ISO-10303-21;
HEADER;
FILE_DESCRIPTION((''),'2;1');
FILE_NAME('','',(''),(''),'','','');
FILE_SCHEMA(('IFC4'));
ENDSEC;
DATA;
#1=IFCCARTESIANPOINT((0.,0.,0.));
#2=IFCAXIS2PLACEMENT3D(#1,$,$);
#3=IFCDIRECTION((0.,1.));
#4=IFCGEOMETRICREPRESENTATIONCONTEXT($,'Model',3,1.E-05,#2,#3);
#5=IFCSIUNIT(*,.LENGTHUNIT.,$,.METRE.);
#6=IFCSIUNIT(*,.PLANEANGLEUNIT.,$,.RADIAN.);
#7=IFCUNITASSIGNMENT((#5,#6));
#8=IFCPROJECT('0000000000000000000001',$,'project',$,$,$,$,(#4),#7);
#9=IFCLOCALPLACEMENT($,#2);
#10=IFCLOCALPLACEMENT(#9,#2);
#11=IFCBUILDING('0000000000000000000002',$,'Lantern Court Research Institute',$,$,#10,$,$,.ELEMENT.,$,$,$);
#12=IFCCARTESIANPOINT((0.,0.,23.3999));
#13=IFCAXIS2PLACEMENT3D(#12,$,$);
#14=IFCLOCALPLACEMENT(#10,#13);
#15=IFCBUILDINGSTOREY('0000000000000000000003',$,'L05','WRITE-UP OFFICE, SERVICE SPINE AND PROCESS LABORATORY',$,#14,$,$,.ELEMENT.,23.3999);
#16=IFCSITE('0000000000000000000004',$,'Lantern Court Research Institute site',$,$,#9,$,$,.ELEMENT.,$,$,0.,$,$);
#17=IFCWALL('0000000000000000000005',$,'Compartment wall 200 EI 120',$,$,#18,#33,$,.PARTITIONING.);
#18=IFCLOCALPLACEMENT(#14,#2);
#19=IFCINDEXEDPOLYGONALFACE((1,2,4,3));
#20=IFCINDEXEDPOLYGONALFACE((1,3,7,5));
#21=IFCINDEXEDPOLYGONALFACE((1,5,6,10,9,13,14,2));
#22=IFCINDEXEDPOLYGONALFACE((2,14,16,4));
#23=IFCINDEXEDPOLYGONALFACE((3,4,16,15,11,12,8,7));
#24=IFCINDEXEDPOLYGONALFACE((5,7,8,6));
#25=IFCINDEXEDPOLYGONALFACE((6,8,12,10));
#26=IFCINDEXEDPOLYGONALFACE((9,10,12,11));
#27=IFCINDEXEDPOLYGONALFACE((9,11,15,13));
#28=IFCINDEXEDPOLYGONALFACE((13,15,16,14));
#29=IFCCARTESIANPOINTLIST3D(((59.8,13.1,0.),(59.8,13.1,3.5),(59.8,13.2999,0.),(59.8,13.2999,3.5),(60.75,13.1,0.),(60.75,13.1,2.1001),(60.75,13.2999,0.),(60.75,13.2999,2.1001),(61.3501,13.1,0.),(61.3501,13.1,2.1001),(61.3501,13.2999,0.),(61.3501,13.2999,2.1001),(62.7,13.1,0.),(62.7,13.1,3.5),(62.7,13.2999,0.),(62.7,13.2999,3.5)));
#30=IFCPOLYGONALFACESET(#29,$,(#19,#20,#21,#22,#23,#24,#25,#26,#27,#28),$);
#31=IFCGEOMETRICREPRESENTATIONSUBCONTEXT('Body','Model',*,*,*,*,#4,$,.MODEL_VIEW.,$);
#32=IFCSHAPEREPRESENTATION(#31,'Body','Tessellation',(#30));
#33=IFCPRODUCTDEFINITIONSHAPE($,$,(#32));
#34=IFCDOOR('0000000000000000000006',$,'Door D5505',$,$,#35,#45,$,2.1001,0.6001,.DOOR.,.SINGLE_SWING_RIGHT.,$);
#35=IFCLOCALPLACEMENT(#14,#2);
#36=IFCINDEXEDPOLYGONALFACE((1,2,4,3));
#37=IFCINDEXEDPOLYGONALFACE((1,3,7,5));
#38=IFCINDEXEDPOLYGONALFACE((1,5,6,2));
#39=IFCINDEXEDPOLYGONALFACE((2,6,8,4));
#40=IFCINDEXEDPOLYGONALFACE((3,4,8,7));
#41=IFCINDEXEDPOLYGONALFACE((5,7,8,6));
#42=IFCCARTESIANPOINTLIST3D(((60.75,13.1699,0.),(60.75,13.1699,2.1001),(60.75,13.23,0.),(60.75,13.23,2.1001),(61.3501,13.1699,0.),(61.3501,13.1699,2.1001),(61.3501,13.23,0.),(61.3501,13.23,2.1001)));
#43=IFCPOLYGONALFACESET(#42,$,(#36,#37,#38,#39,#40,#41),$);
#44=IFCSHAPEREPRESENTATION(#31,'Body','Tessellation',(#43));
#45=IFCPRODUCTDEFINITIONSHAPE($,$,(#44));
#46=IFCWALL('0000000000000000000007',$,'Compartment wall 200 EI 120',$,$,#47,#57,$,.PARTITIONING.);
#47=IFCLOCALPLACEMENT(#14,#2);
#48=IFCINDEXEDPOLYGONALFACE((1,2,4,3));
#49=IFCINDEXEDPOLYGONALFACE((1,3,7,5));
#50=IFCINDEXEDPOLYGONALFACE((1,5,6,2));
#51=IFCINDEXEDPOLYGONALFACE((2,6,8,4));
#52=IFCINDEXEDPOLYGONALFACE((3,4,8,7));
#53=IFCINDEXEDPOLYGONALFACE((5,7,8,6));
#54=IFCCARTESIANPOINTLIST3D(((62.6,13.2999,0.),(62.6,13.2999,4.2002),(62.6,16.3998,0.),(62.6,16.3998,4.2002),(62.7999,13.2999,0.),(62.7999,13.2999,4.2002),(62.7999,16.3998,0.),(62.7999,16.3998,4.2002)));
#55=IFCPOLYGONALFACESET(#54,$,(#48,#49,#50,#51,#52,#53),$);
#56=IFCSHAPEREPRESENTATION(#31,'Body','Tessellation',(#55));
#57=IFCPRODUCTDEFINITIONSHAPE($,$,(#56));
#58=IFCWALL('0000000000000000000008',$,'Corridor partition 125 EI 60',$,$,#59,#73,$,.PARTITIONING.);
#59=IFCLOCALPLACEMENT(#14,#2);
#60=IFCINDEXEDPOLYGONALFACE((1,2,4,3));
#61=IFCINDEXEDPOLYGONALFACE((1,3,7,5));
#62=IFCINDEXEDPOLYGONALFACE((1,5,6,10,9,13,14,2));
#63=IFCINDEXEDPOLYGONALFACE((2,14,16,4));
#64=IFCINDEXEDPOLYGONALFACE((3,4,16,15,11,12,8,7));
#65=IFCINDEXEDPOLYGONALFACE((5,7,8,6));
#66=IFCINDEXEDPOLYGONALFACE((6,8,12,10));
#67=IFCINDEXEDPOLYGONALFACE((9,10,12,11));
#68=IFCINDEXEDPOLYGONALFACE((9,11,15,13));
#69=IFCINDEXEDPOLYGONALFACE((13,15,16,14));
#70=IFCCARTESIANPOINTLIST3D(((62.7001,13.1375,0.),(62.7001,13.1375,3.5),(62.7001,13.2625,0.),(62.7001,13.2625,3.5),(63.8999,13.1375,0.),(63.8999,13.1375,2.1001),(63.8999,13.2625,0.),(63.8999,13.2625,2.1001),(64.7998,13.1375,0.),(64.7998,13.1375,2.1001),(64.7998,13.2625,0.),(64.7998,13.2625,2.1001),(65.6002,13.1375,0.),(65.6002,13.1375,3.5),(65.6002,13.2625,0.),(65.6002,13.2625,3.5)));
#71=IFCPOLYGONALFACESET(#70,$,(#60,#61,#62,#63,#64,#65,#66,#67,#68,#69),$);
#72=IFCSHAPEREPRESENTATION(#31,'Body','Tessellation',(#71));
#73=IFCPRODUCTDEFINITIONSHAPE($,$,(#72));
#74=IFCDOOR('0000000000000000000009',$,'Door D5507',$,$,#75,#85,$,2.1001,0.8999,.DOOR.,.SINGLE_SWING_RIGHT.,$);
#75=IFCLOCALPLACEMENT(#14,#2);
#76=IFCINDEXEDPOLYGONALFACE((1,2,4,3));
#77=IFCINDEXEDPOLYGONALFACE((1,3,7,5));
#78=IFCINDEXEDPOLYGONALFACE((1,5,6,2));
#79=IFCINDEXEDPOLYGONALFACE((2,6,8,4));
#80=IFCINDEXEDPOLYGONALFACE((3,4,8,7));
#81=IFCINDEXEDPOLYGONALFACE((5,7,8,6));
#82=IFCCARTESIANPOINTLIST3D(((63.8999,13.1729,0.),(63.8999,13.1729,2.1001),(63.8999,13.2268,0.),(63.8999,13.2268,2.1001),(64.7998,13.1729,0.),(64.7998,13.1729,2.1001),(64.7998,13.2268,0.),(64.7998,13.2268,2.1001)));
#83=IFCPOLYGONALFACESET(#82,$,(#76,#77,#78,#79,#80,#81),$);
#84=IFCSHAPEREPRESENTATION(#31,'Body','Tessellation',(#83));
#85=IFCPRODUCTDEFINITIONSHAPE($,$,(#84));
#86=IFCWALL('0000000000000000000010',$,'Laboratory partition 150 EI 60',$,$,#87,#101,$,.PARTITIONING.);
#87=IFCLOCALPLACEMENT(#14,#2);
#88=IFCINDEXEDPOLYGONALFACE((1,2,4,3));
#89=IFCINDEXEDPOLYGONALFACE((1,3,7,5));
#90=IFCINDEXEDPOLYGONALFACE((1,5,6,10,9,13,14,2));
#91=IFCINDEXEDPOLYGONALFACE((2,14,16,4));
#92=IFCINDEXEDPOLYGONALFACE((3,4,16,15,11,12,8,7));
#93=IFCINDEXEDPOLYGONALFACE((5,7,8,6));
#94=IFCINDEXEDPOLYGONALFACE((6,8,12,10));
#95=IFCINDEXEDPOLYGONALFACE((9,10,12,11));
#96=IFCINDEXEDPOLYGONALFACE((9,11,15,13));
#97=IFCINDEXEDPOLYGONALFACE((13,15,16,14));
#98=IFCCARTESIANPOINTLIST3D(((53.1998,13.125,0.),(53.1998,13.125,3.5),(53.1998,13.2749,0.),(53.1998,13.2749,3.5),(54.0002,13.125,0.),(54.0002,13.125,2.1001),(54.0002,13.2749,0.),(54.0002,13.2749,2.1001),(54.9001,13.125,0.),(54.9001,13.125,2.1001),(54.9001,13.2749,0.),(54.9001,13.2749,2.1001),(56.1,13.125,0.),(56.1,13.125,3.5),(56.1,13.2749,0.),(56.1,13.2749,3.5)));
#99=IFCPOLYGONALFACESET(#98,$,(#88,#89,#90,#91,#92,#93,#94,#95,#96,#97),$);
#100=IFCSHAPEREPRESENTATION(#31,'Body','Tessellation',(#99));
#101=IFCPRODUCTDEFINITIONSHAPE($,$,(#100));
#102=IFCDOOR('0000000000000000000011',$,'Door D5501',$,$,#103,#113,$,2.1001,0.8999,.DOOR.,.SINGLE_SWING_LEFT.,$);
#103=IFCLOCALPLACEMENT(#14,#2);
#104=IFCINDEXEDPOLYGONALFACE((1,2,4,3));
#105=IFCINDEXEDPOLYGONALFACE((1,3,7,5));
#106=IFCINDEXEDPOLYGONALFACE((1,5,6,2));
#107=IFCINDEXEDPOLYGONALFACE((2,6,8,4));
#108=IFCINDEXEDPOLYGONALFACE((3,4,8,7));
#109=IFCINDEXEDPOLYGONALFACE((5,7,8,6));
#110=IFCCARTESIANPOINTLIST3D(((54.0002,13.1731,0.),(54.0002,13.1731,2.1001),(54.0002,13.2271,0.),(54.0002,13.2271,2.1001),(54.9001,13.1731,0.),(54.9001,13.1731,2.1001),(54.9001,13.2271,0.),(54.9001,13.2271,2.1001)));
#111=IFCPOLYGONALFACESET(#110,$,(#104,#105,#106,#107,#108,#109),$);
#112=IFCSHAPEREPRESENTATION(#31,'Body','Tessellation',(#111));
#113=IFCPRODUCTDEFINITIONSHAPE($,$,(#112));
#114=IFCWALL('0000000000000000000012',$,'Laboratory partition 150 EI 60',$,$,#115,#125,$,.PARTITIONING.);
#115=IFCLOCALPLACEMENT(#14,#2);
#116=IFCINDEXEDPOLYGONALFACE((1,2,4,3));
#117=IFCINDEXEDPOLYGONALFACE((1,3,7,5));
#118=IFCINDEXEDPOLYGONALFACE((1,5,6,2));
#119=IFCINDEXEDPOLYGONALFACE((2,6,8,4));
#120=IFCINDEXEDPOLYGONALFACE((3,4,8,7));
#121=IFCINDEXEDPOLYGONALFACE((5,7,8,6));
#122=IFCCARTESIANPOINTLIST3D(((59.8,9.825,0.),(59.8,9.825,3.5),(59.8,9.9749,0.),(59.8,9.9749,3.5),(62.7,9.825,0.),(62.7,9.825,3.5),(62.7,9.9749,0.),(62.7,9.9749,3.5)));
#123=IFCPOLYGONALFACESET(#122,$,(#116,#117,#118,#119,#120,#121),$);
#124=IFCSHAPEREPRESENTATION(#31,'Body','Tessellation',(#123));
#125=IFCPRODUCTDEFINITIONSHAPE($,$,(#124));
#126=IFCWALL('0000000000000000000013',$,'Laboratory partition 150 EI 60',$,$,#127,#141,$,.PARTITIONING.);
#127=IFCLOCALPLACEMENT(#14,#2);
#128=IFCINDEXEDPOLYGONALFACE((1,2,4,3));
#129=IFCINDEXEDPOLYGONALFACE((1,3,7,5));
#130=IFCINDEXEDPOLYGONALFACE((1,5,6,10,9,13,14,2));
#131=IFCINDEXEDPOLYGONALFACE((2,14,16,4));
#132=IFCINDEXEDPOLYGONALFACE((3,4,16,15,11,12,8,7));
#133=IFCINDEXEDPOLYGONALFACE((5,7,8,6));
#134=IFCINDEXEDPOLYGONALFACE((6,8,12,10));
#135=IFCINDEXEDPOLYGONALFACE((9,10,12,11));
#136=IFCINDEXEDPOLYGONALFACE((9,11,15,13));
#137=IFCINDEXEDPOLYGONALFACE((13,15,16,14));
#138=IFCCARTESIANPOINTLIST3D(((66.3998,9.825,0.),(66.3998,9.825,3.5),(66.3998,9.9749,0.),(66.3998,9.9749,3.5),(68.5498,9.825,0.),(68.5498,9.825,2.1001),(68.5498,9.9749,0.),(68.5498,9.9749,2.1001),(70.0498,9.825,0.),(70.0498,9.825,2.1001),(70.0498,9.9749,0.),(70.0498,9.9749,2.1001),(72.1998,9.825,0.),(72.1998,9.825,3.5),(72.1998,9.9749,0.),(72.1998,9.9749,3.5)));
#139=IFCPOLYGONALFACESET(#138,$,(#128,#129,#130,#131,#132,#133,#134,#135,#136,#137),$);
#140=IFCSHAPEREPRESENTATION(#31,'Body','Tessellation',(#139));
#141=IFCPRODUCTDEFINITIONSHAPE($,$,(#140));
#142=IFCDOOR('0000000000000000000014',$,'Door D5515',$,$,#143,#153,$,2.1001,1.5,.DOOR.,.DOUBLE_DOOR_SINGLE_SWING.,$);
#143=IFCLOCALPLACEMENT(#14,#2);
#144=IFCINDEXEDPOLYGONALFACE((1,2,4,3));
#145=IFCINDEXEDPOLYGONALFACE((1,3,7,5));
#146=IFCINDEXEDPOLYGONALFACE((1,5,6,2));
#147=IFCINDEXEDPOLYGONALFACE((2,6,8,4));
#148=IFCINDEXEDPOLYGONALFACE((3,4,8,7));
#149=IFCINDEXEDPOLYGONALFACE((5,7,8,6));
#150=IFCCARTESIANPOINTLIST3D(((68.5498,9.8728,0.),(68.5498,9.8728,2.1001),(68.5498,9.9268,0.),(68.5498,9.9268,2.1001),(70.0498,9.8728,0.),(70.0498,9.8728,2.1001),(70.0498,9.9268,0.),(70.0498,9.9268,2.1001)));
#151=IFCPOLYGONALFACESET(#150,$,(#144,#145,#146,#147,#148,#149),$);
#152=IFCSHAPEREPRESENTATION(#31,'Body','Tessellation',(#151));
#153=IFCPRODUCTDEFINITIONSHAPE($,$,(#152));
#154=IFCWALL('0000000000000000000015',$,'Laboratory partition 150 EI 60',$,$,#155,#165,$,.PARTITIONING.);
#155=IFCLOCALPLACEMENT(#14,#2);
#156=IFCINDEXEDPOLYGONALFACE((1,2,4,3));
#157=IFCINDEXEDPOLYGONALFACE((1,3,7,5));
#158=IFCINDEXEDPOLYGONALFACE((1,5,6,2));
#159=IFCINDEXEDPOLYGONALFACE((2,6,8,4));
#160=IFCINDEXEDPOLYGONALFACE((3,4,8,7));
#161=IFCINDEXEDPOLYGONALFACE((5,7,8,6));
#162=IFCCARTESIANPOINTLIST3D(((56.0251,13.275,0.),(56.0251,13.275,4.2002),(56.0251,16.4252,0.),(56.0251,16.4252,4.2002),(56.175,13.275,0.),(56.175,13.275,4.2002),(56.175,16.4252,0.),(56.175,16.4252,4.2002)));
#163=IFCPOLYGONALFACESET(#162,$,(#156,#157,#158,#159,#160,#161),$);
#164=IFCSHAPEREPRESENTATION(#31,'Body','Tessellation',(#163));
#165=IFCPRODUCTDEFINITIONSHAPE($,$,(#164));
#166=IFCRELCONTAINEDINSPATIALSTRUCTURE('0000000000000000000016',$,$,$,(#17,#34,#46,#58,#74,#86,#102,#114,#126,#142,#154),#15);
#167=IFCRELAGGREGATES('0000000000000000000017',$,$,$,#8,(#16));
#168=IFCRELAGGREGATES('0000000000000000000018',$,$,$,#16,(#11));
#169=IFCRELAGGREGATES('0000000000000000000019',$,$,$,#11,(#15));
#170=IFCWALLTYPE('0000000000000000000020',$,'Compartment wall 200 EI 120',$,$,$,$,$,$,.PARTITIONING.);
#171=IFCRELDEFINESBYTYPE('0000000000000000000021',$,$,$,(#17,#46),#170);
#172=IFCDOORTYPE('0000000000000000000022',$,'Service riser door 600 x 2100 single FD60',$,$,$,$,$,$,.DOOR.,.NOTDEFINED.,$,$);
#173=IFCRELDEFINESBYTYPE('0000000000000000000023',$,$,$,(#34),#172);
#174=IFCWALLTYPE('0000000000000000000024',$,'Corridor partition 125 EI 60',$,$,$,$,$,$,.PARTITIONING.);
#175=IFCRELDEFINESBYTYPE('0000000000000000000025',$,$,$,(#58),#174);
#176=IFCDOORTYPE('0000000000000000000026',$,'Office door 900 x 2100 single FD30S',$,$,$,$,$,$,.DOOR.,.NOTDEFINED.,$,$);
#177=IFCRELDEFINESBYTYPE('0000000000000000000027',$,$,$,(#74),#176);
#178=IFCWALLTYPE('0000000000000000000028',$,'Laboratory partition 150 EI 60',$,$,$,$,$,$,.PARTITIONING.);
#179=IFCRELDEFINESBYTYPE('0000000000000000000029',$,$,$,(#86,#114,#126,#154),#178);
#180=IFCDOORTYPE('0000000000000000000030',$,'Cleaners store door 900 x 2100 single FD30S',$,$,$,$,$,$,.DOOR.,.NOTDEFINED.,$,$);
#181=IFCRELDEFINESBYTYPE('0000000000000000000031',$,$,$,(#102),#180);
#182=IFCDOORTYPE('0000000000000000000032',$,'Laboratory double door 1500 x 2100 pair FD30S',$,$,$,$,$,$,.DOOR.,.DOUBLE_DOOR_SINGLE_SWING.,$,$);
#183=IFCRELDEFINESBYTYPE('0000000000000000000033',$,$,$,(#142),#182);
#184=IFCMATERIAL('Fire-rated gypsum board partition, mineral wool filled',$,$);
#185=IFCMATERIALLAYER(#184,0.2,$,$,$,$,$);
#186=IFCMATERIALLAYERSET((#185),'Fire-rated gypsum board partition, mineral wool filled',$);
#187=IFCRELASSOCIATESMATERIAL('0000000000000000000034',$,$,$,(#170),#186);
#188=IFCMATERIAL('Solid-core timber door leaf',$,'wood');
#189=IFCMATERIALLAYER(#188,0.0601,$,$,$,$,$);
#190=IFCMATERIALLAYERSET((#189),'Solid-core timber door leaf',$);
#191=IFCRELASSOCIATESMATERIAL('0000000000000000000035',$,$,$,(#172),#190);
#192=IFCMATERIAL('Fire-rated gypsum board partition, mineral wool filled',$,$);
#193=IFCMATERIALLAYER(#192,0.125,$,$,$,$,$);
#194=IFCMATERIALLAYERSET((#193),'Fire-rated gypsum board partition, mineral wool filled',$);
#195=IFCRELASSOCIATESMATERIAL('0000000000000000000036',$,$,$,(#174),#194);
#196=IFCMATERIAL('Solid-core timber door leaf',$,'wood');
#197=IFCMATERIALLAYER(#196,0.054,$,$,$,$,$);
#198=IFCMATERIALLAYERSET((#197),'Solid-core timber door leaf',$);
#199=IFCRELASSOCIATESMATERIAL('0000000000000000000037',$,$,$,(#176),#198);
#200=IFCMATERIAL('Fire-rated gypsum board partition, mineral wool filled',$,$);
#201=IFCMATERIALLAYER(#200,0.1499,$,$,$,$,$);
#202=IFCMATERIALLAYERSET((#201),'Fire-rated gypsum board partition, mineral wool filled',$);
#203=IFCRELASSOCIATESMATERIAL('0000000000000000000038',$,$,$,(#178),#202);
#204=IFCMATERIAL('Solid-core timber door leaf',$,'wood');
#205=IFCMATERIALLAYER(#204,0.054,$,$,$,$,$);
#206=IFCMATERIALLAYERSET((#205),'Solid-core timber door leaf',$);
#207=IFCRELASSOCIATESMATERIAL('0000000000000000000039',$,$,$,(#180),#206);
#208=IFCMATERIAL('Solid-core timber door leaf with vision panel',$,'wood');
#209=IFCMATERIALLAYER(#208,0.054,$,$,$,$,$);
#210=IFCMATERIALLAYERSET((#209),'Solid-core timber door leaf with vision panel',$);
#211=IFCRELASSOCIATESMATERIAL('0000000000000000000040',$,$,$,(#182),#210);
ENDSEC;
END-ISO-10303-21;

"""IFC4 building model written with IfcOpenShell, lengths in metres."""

from ifc_helpers import new_model, si_unit, direction, frame, frame_2d, origin, place, context, subcontext, project, spatial, rectangle, extrude, material, layer, layer_set, type_object, element, fill, save


model = new_model("IFC4")

# Units and contexts
model_context = context("Model", 3, precision=1e-05, world=origin(), true_north=direction((0.0, 1.0)))
body_context = subcontext(model_context, "Body", "Model", "MODEL_VIEW")
ifc_project = project(units=[si_unit("LENGTHUNIT", "METRE"), si_unit("PLANEANGLEUNIT", "RADIAN")], contexts=[model_context])

# Site, building, storey
site_placement = place(None, origin())
site = spatial("IfcSite", under=ifc_project, at=site_placement, Name="Lantern Court Research Institute site", CompositionType="ELEMENT", RefElevation=0.0)
building_placement = place(site_placement, origin())
building = spatial("IfcBuilding", under=site, at=building_placement, Name="Lantern Court Research Institute", CompositionType="ELEMENT")
storey_placement = place(building_placement, frame((0.0, 0.0, 23.3999)))
storey = spatial("IfcBuildingStorey", under=building, at=storey_placement, Name="L05", Description="WRITE-UP OFFICE, SERVICE SPINE AND PROCESS LABORATORY", CompositionType="ELEMENT", Elevation=23.3999)

# Wall, opening, door
ifc_material_1 = material(Name="Fire-rated gypsum board partition, mineral wool filled")
ifc_layer_1 = layer(ifc_material_1, 0.2)
ifc_layer_set_1 = layer_set([ifc_layer_1], Name="Fire-rated gypsum board partition, mineral wool filled")
wall_type_1 = type_object("IfcWallType", Name="Compartment wall 200 EI 120", PredefinedType="PARTITIONING", material=ifc_layer_set_1)
wall_1_placement = place(storey_placement, frame((59.8, 13.2, 0.0), z_axis=(0.0, 0.0, 1.0), x_axis=(1.0, 0.0, 0.0)))
wall_1 = element("IfcWall", 1, at=wall_1_placement, inside=storey, type_object=wall_type_1, Name="Compartment wall 200 EI 120", PredefinedType="PARTITIONING", context=body_context, shape_type="SweptSolid", body=[
    extrude(rectangle(XDim=2.8999, YDim=0.2, at=frame_2d((1.45, 0.0))), origin(), (0.0, 0.0, 1.0), 3.5),
])
opening_1_placement = place(wall_1_placement, frame((0.95, 0.0, 0.0)))
opening_1 = element("IfcOpeningElement", 2, at=opening_1_placement, cuts=wall_1, PredefinedType="OPENING", context=body_context, shape_type="SweptSolid", body=[
    extrude(rectangle(XDim=0.6001, YDim=2.1001, at=frame_2d((0.3, 1.05))), frame((0.0, 0.1099, 0.0), z_axis=(0.0, -1.0, 0.0), x_axis=(1.0, 0.0, 0.0)), (0.0, 0.0, 1.0), 0.22),
])
ifc_material_2 = material(Name="Solid-core timber door leaf", Category="wood")
ifc_layer_2 = layer(ifc_material_2, 0.0601)
ifc_layer_set_2 = layer_set([ifc_layer_2], Name="Solid-core timber door leaf")
door_type_1 = type_object("IfcDoorType", Name="Service riser door 600 x 2100 single FD60", OperationType="NOTDEFINED", PredefinedType="DOOR", material=ifc_layer_set_2)
door_1_placement = place(opening_1_placement, origin())
door_1 = element("IfcDoor", 3, at=door_1_placement, inside=storey, type_object=door_type_1, Name="Door D5505", OperationType="SINGLE_SWING_RIGHT", OverallHeight=2.1001, OverallWidth=0.6001, PredefinedType="DOOR", context=body_context, shape_type="SweptSolid", body=[
    extrude(rectangle(XDim=0.6001, YDim=2.1001, at=frame_2d((0.3, 1.05))), frame((0.0, 0.03, 0.0), z_axis=(0.0, -1.0, 0.0), x_axis=(1.0, 0.0, 0.0)), (0.0, 0.0, 1.0), 0.0601),
])
fill(opening_1, door_1)

# Wall
wall_2_placement = place(storey_placement, frame((62.7, 13.3, 0.0), z_axis=(0.0, 0.0, 1.0), x_axis=(0.0, 1.0, 0.0)))
element("IfcWall", 4, at=wall_2_placement, inside=storey, type_object=wall_type_1, Name="Compartment wall 200 EI 120", PredefinedType="PARTITIONING", context=body_context, shape_type="SweptSolid", body=[
    extrude(rectangle(XDim=3.0999, YDim=0.2, at=frame_2d((1.5498, 0.0))), origin(), (0.0, 0.0, 1.0), 4.2002),
])

# Walls, openings, doors
ifc_material_3 = material(Name="Fire-rated gypsum board partition, mineral wool filled")
ifc_layer_3 = layer(ifc_material_3, 0.125)
ifc_layer_set_3 = layer_set([ifc_layer_3], Name="Fire-rated gypsum board partition, mineral wool filled")
wall_type_2 = type_object("IfcWallType", Name="Corridor partition 125 EI 60", PredefinedType="PARTITIONING", material=ifc_layer_set_3)
wall_3_placement = place(storey_placement, frame((62.7, 13.2, 0.0), z_axis=(0.0, 0.0, 1.0), x_axis=(1.0, 0.0, 0.0)))
wall_3 = element("IfcWall", 5, at=wall_3_placement, inside=storey, type_object=wall_type_2, Name="Corridor partition 125 EI 60", PredefinedType="PARTITIONING", context=body_context, shape_type="SweptSolid", body=[
    extrude(rectangle(XDim=2.9001, YDim=0.125, at=frame_2d((1.4502, 0.0))), origin(), (0.0, 0.0, 1.0), 3.5),
])
opening_2_placement = place(wall_3_placement, frame((1.2, 0.0, 0.0)))
opening_2 = element("IfcOpeningElement", 6, at=opening_2_placement, cuts=wall_3, PredefinedType="OPENING", context=body_context, shape_type="SweptSolid", body=[
    extrude(rectangle(XDim=0.8999, YDim=2.1001, at=frame_2d((0.45, 1.05))), frame((0.0, 0.0725, 0.0), z_axis=(0.0, -1.0, 0.0), x_axis=(1.0, 0.0, 0.0)), (0.0, 0.0, 1.0), 0.145),
])
ifc_material_4 = material(Name="Solid-core timber door leaf", Category="wood")
ifc_layer_4 = layer(ifc_material_4, 0.054)
ifc_layer_set_4 = layer_set([ifc_layer_4], Name="Solid-core timber door leaf")
door_type_2 = type_object("IfcDoorType", Name="Office door 900 x 2100 single FD30S", OperationType="NOTDEFINED", PredefinedType="DOOR", material=ifc_layer_set_4)
door_2_placement = place(opening_2_placement, origin())
door_2 = element("IfcDoor", 7, at=door_2_placement, inside=storey, type_object=door_type_2, Name="Door D5507", OperationType="SINGLE_SWING_RIGHT", OverallHeight=2.1001, OverallWidth=0.8999, PredefinedType="DOOR", context=body_context, shape_type="SweptSolid", body=[
    extrude(rectangle(XDim=0.8999, YDim=2.1001, at=frame_2d((0.45, 1.05))), frame((0.0, 0.0269, 0.0), z_axis=(0.0, -1.0, 0.0), x_axis=(1.0, 0.0, 0.0)), (0.0, 0.0, 1.0), 0.054),
])
fill(opening_2, door_2)
ifc_material_5 = material(Name="Fire-rated gypsum board partition, mineral wool filled")
ifc_layer_5 = layer(ifc_material_5, 0.1499)
ifc_layer_set_5 = layer_set([ifc_layer_5], Name="Fire-rated gypsum board partition, mineral wool filled")
wall_type_3 = type_object("IfcWallType", Name="Laboratory partition 150 EI 60", PredefinedType="PARTITIONING", material=ifc_layer_set_5)
wall_4_placement = place(storey_placement, frame((56.1001, 13.2, 0.0), z_axis=(0.0, 0.0, 1.0), x_axis=(-1.0, 0.0, 0.0)))
wall_4 = element("IfcWall", 8, at=wall_4_placement, inside=storey, type_object=wall_type_3, Name="Laboratory partition 150 EI 60", PredefinedType="PARTITIONING", context=body_context, shape_type="SweptSolid", body=[
    extrude(rectangle(XDim=2.9001, YDim=0.1499, at=frame_2d((1.4502, 0.0))), origin(), (0.0, 0.0, 1.0), 3.5),
])
opening_3_placement = place(wall_4_placement, frame((1.2, 0.0, 0.0)))
opening_3 = element("IfcOpeningElement", 9, at=opening_3_placement, cuts=wall_4, PredefinedType="OPENING", context=body_context, shape_type="SweptSolid", body=[
    extrude(rectangle(XDim=0.8999, YDim=2.1001, at=frame_2d((0.45, 1.05))), frame((0.0, 0.085, 0.0), z_axis=(0.0, -1.0, 0.0), x_axis=(1.0, 0.0, 0.0)), (0.0, 0.0, 1.0), 0.1699),
])
ifc_material_6 = material(Name="Solid-core timber door leaf", Category="wood")
ifc_layer_6 = layer(ifc_material_6, 0.054)
ifc_layer_set_6 = layer_set([ifc_layer_6], Name="Solid-core timber door leaf")
door_type_3 = type_object("IfcDoorType", Name="Cleaners store door 900 x 2100 single FD30S", OperationType="NOTDEFINED", PredefinedType="DOOR", material=ifc_layer_set_6)
door_3_placement = place(opening_3_placement, origin())
door_3 = element("IfcDoor", 10, at=door_3_placement, inside=storey, type_object=door_type_3, Name="Door D5501", OperationType="SINGLE_SWING_LEFT", OverallHeight=2.1001, OverallWidth=0.8999, PredefinedType="DOOR", context=body_context, shape_type="SweptSolid", body=[
    extrude(rectangle(XDim=0.8999, YDim=2.1001, at=frame_2d((0.45, 1.05))), frame((0.0, 0.0269, 0.0), z_axis=(0.0, -1.0, 0.0), x_axis=(1.0, 0.0, 0.0)), (0.0, 0.0, 1.0), 0.054),
])
fill(opening_3, door_3)

# Wall
wall_5_placement = place(storey_placement, frame((59.8, 9.8999, 0.0), z_axis=(0.0, 0.0, 1.0), x_axis=(1.0, 0.0, 0.0)))
element("IfcWall", 11, at=wall_5_placement, inside=storey, type_object=wall_type_3, Name="Laboratory partition 150 EI 60", PredefinedType="PARTITIONING", context=body_context, shape_type="SweptSolid", body=[
    extrude(rectangle(XDim=2.8999, YDim=0.1499, at=frame_2d((1.45, 0.0))), origin(), (0.0, 0.0, 1.0), 3.5),
])

# Wall, opening, door
wall_6_placement = place(storey_placement, frame((66.3999, 9.8999, 0.0), z_axis=(0.0, 0.0, 1.0), x_axis=(1.0, 0.0, 0.0)))
wall_6 = element("IfcWall", 12, at=wall_6_placement, inside=storey, type_object=wall_type_3, Name="Laboratory partition 150 EI 60", PredefinedType="PARTITIONING", context=body_context, shape_type="SweptSolid", body=[
    extrude(rectangle(XDim=5.8, YDim=0.1499, at=frame_2d((2.8999, 0.0))), origin(), (0.0, 0.0, 1.0), 3.5),
])
opening_4_placement = place(wall_6_placement, frame((2.1499, 0.0, 0.0)))
opening_4 = element("IfcOpeningElement", 13, at=opening_4_placement, cuts=wall_6, PredefinedType="OPENING", context=body_context, shape_type="SweptSolid", body=[
    extrude(rectangle(XDim=1.5, YDim=2.1001, at=frame_2d((0.75, 1.05))), frame((0.0, 0.085, 0.0), z_axis=(0.0, -1.0, 0.0), x_axis=(1.0, 0.0, 0.0)), (0.0, 0.0, 1.0), 0.1699),
])
ifc_material_7 = material(Name="Solid-core timber door leaf with vision panel", Category="wood")
ifc_layer_7 = layer(ifc_material_7, 0.054)
ifc_layer_set_7 = layer_set([ifc_layer_7], Name="Solid-core timber door leaf with vision panel")
door_type_4 = type_object("IfcDoorType", Name="Laboratory double door 1500 x 2100 pair FD30S", OperationType="DOUBLE_DOOR_SINGLE_SWING", PredefinedType="DOOR", material=ifc_layer_set_7)
door_4_placement = place(opening_4_placement, origin())
door_4 = element("IfcDoor", 14, at=door_4_placement, inside=storey, type_object=door_type_4, Name="Door D5515", OperationType="DOUBLE_DOOR_SINGLE_SWING", OverallHeight=2.1001, OverallWidth=1.5, PredefinedType="DOOR", context=body_context, shape_type="SweptSolid", body=[
    extrude(rectangle(XDim=1.5, YDim=2.1001, at=frame_2d((0.75, 1.05))), frame((0.0, 0.0269, 0.0), z_axis=(0.0, -1.0, 0.0), x_axis=(1.0, 0.0, 0.0)), (0.0, 0.0, 1.0), 0.054),
])
fill(opening_4, door_4)

# Wall
wall_7_placement = place(storey_placement, frame((56.1001, 13.2749, 0.0), z_axis=(0.0, 0.0, 1.0), x_axis=(0.0, 1.0, 0.0)))
element("IfcWall", 15, at=wall_7_placement, inside=storey, type_object=wall_type_3, Name="Laboratory partition 150 EI 60", PredefinedType="PARTITIONING", context=body_context, shape_type="SweptSolid", body=[
    extrude(rectangle(XDim=3.1501, YDim=0.1499, at=frame_2d((1.5752, 0.0))), origin(), (0.0, 0.0, 1.0), 4.2002),
])

save(model, "model.ifc")
